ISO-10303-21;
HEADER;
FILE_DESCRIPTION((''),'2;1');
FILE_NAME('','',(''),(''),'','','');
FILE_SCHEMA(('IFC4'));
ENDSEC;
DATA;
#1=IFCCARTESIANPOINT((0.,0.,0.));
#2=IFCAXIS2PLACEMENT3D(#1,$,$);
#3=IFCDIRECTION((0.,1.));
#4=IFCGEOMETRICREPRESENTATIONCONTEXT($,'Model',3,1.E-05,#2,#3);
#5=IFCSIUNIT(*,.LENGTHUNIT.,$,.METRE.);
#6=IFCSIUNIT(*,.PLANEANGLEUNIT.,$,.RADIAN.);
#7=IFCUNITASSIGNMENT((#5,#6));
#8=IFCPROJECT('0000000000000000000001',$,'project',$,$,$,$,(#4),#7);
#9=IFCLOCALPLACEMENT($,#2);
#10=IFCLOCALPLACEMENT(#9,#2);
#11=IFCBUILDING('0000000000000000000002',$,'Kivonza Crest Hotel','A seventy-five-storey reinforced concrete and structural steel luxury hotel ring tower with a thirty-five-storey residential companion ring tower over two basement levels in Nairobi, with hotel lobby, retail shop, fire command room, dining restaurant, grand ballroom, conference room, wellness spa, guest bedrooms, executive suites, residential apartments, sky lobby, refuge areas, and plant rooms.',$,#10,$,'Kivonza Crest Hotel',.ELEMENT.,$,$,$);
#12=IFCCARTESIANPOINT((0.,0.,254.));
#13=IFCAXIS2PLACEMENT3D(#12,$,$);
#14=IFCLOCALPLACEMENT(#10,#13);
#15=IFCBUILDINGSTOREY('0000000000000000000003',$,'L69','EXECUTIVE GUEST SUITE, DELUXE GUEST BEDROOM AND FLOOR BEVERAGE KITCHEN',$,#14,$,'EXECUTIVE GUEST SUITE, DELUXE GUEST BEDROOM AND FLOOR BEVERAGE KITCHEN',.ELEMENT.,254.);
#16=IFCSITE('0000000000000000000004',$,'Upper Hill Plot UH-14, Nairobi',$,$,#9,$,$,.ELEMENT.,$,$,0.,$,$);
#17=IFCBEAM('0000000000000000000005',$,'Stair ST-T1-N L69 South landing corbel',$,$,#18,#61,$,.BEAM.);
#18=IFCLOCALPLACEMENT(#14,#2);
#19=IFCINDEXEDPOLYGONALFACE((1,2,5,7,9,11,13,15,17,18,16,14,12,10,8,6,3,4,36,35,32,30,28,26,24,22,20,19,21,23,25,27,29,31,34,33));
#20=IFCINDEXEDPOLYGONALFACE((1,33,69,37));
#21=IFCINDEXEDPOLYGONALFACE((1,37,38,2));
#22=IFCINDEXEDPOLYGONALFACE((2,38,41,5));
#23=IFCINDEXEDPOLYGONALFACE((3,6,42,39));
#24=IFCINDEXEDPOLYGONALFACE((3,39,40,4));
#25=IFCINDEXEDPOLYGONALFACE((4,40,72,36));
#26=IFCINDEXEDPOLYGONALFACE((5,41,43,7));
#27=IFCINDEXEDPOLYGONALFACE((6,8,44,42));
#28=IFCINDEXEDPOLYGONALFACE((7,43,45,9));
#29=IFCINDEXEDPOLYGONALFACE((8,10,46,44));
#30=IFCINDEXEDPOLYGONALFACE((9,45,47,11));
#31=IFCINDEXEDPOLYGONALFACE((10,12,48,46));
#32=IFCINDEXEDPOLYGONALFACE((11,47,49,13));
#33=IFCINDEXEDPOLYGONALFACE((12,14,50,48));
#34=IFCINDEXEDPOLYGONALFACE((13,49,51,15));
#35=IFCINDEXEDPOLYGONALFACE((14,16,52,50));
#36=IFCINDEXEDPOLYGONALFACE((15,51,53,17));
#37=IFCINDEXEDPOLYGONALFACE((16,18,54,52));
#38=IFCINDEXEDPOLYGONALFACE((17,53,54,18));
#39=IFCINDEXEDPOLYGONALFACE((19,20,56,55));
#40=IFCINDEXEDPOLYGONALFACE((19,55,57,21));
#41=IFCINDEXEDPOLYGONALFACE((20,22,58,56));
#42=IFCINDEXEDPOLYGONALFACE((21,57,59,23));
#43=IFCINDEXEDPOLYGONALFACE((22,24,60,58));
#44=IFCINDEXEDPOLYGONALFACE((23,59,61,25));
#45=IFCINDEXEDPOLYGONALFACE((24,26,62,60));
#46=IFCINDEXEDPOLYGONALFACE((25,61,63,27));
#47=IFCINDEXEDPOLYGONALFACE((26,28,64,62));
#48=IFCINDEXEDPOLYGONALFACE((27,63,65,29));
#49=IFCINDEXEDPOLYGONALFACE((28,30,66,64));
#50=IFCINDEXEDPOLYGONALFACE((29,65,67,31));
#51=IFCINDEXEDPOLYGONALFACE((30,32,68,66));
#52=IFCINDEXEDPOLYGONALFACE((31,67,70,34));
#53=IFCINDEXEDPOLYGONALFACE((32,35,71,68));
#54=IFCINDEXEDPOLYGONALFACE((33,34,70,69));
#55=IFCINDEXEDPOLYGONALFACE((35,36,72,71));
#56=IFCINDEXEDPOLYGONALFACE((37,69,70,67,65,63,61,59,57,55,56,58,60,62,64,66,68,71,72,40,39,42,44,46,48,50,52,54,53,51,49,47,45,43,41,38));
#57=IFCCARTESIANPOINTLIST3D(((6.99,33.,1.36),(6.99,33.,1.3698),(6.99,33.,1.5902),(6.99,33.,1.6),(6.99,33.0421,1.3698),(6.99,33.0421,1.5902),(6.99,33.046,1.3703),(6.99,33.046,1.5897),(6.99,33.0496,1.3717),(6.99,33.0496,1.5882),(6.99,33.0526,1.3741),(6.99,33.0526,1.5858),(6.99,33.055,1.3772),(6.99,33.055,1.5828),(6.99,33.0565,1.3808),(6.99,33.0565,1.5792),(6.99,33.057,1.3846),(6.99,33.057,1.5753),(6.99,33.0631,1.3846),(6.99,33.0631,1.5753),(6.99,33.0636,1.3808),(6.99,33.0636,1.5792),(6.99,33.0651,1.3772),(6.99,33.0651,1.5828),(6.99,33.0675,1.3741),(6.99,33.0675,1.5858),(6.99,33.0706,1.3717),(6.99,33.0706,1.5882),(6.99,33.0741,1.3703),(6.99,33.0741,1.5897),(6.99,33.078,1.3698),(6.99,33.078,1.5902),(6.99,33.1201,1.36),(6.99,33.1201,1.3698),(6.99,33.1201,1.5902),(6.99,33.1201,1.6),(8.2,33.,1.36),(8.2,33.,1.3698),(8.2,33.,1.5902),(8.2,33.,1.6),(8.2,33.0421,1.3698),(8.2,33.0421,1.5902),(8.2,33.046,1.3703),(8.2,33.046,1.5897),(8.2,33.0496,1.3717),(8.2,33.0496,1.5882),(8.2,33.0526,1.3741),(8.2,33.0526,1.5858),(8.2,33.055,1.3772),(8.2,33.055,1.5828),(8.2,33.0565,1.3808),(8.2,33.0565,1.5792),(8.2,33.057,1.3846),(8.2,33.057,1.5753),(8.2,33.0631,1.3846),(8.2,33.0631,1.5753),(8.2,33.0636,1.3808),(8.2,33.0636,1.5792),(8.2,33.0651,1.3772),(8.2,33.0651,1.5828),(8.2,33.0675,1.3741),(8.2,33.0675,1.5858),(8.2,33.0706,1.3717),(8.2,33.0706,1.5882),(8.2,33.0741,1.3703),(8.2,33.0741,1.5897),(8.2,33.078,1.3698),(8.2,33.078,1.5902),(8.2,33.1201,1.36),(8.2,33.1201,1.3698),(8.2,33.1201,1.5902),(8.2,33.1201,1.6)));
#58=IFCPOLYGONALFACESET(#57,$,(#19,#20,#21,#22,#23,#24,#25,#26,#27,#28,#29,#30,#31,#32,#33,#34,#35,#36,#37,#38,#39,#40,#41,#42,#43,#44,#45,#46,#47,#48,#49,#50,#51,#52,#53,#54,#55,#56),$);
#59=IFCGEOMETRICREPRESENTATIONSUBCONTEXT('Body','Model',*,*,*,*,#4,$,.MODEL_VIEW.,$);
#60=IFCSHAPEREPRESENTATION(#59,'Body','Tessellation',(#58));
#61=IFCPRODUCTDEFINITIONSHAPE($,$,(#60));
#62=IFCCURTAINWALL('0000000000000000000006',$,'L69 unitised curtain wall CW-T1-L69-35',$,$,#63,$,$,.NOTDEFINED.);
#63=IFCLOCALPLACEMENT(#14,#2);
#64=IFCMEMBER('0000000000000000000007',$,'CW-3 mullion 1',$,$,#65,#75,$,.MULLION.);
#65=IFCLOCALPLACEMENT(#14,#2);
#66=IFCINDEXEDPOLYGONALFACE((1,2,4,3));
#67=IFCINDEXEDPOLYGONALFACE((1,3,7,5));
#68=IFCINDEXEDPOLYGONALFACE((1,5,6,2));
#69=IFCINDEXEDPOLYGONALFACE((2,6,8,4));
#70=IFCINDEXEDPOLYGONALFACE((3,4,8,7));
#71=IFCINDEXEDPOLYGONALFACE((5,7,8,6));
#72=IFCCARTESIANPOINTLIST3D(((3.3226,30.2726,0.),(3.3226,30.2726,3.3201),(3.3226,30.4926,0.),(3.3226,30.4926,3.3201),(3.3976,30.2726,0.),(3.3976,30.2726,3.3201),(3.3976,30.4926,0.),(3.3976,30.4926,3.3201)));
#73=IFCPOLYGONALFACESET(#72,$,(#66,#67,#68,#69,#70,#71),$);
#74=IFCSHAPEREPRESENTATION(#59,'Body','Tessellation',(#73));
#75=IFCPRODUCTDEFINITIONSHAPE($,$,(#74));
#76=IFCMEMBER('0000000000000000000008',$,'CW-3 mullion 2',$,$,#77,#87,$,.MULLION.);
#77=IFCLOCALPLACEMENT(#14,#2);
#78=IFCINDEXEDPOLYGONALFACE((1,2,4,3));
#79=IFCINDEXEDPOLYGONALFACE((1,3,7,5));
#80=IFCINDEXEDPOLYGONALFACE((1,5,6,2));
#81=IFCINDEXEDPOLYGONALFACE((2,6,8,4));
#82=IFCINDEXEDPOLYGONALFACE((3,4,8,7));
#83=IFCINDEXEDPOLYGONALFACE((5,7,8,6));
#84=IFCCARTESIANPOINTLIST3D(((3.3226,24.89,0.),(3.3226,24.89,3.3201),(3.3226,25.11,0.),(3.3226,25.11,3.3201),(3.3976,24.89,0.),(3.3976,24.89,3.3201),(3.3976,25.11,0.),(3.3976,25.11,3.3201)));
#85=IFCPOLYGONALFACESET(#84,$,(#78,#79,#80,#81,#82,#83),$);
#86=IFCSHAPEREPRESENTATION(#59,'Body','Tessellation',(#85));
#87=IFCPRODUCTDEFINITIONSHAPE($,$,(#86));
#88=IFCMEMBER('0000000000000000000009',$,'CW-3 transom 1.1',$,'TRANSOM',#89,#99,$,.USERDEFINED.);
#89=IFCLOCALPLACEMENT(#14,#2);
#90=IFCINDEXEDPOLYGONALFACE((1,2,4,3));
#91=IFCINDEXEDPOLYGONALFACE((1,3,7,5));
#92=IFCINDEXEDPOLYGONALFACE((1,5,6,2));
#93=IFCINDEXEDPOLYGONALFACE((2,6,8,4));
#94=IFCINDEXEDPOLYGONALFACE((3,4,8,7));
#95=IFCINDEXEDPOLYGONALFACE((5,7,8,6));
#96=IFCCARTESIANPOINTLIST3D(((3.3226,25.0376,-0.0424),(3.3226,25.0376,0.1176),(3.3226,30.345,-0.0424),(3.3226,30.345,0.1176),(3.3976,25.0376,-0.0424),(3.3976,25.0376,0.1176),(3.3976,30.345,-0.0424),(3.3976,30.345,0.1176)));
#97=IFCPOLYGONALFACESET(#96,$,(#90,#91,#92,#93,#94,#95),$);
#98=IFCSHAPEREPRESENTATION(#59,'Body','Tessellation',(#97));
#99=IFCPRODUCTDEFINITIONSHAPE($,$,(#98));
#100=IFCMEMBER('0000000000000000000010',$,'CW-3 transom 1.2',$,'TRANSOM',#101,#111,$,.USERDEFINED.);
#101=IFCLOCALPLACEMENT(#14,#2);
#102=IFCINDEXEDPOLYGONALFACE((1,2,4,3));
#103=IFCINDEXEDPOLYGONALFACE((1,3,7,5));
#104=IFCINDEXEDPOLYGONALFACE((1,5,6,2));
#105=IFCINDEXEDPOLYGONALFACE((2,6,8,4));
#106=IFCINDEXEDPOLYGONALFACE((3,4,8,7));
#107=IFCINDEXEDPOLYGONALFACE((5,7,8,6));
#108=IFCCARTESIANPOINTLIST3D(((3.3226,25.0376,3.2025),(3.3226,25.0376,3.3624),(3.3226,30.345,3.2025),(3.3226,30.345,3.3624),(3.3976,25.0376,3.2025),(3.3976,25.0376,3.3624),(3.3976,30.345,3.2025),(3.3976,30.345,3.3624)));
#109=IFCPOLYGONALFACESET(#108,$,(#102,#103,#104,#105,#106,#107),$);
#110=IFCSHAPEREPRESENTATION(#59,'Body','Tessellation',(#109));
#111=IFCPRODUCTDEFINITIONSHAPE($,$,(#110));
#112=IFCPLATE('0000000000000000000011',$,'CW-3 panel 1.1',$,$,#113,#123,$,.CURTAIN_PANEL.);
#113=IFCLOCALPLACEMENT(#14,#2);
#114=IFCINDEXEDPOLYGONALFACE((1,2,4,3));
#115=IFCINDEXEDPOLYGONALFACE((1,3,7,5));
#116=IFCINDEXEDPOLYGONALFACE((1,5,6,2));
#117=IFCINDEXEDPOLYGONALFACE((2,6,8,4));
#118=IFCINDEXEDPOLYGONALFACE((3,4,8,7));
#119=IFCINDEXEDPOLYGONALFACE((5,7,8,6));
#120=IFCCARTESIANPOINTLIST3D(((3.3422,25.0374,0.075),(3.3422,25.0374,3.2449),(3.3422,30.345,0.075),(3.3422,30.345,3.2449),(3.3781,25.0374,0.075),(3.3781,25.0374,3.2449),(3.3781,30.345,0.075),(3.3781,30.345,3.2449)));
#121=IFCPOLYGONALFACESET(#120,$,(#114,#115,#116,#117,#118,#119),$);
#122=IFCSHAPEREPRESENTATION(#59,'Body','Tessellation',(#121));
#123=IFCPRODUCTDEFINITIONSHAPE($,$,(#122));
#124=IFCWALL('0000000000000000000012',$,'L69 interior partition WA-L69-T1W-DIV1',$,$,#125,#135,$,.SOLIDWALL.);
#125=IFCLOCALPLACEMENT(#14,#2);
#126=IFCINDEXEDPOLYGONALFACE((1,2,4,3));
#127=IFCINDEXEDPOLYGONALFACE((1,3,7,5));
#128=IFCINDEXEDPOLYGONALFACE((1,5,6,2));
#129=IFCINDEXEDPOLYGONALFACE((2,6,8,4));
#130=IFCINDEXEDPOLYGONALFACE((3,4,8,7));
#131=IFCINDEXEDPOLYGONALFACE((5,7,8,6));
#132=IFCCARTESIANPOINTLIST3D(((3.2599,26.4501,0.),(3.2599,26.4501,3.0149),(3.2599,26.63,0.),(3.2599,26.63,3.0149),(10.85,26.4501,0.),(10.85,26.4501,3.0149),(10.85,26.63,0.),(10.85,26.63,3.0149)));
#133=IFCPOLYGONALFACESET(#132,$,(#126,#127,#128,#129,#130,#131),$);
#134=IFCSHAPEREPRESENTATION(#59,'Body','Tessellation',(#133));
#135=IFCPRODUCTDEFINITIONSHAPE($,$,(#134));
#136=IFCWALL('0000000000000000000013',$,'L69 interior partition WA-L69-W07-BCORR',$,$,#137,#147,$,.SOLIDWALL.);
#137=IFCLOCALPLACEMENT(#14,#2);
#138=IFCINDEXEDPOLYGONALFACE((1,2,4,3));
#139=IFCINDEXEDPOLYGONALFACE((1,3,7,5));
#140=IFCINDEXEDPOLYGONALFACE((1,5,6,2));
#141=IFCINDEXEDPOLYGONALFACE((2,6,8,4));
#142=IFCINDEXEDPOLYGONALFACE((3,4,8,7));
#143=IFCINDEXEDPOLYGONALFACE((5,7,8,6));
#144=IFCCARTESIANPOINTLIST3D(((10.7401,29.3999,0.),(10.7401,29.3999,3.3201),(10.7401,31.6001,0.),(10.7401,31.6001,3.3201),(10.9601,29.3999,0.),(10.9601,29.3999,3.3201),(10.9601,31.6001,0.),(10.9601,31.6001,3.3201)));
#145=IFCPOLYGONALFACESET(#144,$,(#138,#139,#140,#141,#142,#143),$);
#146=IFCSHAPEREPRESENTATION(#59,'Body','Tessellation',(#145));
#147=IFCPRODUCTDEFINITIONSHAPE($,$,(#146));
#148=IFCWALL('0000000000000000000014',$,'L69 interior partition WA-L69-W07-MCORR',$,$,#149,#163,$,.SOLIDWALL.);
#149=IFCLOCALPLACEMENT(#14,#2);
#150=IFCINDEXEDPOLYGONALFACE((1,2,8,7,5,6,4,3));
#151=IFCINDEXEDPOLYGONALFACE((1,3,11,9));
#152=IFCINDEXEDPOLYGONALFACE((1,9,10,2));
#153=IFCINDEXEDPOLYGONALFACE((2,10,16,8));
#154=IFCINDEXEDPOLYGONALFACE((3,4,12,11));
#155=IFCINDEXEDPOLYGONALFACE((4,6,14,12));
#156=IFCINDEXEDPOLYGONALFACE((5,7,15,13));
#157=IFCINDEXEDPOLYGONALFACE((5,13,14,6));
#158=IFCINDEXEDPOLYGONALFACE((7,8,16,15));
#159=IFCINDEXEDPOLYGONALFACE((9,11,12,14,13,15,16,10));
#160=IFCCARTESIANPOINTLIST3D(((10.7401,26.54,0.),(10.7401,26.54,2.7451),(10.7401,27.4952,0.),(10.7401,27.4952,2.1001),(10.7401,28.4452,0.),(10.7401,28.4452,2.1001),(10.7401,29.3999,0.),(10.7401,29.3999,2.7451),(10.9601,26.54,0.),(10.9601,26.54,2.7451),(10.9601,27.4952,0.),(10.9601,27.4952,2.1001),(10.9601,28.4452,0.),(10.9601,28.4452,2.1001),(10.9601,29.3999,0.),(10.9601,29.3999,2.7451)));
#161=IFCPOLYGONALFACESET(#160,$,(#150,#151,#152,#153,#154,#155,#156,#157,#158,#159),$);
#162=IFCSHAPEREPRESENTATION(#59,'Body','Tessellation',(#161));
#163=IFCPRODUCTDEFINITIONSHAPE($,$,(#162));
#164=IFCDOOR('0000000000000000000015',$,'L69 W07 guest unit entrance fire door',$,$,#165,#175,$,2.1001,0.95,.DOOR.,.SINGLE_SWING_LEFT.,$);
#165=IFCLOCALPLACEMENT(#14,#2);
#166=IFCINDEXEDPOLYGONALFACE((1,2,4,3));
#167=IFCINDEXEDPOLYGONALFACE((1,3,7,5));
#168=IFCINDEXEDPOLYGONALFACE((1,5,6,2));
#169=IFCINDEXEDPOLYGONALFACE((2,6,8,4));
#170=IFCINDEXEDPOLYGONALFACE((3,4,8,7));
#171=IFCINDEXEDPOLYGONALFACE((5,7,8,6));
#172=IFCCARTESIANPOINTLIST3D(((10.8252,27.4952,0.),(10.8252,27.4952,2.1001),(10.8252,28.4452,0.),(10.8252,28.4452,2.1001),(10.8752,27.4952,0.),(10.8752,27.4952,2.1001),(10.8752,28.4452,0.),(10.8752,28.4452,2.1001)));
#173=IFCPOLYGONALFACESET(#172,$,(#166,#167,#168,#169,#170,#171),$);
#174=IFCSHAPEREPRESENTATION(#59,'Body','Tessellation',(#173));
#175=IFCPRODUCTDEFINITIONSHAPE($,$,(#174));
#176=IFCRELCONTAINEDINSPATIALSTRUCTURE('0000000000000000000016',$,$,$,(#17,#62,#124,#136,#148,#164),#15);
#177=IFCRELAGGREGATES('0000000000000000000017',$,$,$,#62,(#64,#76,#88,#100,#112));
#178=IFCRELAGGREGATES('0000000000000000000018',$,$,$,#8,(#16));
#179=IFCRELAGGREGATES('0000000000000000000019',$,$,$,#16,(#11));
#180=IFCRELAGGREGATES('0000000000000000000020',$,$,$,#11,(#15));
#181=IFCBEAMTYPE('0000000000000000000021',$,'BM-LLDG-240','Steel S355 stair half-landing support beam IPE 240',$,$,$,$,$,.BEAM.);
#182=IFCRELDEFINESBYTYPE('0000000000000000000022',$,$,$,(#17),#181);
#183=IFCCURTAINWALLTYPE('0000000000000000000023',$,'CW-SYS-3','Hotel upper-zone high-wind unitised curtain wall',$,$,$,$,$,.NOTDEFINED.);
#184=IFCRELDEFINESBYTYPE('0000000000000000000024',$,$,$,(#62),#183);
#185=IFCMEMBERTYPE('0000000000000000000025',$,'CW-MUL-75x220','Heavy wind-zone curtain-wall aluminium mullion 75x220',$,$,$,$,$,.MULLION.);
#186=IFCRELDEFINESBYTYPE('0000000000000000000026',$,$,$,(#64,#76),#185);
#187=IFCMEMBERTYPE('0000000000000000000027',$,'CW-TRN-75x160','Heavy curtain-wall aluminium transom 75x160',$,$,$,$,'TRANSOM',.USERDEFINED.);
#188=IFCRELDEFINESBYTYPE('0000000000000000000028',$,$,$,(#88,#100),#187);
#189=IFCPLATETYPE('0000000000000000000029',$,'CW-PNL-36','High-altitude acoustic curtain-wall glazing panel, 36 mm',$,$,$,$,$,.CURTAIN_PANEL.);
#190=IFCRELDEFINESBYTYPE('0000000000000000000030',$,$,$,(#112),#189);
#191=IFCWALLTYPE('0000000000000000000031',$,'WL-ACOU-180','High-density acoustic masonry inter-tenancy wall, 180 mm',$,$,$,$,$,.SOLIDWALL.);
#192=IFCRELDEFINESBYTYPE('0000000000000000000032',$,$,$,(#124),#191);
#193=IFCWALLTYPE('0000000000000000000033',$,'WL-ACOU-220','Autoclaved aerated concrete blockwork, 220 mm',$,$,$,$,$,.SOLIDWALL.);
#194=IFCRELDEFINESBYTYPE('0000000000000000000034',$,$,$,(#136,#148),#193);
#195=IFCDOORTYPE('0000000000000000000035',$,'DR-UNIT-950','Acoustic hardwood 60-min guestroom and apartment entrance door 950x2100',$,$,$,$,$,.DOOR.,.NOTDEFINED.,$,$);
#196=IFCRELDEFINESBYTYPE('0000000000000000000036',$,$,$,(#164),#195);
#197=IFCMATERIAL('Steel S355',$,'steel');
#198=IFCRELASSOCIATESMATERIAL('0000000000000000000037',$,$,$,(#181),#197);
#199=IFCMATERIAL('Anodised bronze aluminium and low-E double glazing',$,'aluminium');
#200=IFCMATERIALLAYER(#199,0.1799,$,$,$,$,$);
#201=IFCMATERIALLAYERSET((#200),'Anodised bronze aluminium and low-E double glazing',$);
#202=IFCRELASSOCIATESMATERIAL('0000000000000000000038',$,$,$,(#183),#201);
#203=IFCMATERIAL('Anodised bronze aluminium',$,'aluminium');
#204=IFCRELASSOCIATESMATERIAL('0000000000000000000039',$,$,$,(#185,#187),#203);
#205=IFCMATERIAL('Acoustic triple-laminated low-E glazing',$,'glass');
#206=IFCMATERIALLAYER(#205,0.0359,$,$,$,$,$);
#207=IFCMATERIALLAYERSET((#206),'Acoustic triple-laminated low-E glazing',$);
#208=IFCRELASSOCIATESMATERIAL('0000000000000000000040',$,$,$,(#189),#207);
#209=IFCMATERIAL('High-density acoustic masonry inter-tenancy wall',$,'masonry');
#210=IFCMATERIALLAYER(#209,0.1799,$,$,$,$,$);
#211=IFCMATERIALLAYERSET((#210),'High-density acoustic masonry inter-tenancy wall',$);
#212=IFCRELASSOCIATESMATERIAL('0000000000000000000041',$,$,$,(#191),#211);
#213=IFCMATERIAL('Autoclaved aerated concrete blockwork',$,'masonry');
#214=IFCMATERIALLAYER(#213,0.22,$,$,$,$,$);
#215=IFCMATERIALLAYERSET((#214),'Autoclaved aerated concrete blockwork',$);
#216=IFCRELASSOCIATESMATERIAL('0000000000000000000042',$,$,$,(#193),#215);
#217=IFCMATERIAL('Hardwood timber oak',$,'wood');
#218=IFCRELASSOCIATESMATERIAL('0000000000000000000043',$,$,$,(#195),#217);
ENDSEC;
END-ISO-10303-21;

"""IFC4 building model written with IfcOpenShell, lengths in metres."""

from ifc_helpers import new_model, si_unit, direction, frame, frame_2d, origin, origin_2d, place, context, subcontext, project, spatial, rectangle, i_section, extrude, material, layer, layer_set, material_profile, profile_set, type_object, element, fill, aggregate, save


model = new_model("IFC4")

# Units and contexts
model_context = context("Model", 3, precision=1e-05, world=origin(), true_north=direction((0.0, 1.0)))
body_context = subcontext(model_context, "Body", "Model", "MODEL_VIEW")
ifc_project = project(units=[si_unit("LENGTHUNIT", "METRE"), si_unit("PLANEANGLEUNIT", "RADIAN")], contexts=[model_context])

# Site, building, storey
site_placement = place(None, origin())
site = spatial("IfcSite", under=ifc_project, at=site_placement, Name="Upper Hill Plot UH-14, Nairobi", CompositionType="ELEMENT", RefElevation=0.0)
building_placement = place(site_placement, origin())
building = spatial("IfcBuilding", under=site, at=building_placement, Name="Kivonza Crest Hotel", Description="A seventy-five-storey reinforced concrete and structural steel luxury hotel ring tower with a thirty-five-storey residential companion ring tower over two basement levels in Nairobi, with hotel lobby, retail shop, fire command room, dining restaurant, grand ballroom, conference room, wellness spa, guest bedrooms, executive suites, residential apartments, sky lobby, refuge areas, and plant rooms.", LongName="Kivonza Crest Hotel", CompositionType="ELEMENT")
storey_placement = place(building_placement, frame((0.0, 0.0, 254.0)))
storey = spatial("IfcBuildingStorey", under=building, at=storey_placement, Name="L69", Description="EXECUTIVE GUEST SUITE, DELUXE GUEST BEDROOM AND FLOOR BEVERAGE KITCHEN", LongName="EXECUTIVE GUEST SUITE, DELUXE GUEST BEDROOM AND FLOOR BEVERAGE KITCHEN", CompositionType="ELEMENT", Elevation=254.0)

# Beam
ifc_material_1 = material(Name="Steel S355", Category="steel")
ifc_material_profile_1 = material_profile(ifc_material_1, i_section(OverallWidth=0.1201, OverallDepth=0.24, WebThickness=0.0061, FlangeThickness=0.0098, FilletRadius=0.0149, at=origin_2d()), Name="IPE 240")
ifc_profile_set_1 = profile_set([ifc_material_profile_1], Name="Steel S355")
beam_type_1 = type_object("IfcBeamType", Name="BM-LLDG-240", Description="Steel S355 stair half-landing support beam IPE 240", PredefinedType="BEAM", material=ifc_profile_set_1)
beam_1_placement = place(storey_placement, frame((6.99, 33.0601, 1.48), z_axis=(1.0, 0.0, 0.0), x_axis=(0.0, 1.0, 0.0)))
element("IfcBeam", 1, at=beam_1_placement, inside=storey, type_object=beam_type_1, Name="Stair ST-T1-N L69 South landing corbel", PredefinedType="BEAM", context=body_context, shape_type="SweptSolid", body=[
    extrude(i_section(OverallWidth=0.1201, OverallDepth=0.24, WebThickness=0.0061, FlangeThickness=0.0098, FilletRadius=0.0149, at=origin_2d()), origin(), (0.0, 0.0, 1.0), 1.21),
])

# Curtain wall, members, plate
ifc_material_2 = material(Name="Anodised bronze aluminium and low-E double glazing", Category="aluminium")
ifc_layer_1 = layer(ifc_material_2, 0.1799)
ifc_layer_set_1 = layer_set([ifc_layer_1], Name="Anodised bronze aluminium and low-E double glazing")
curtain_wall_type = type_object("IfcCurtainWallType", Name="CW-SYS-3", Description="Hotel upper-zone high-wind unitised curtain wall", PredefinedType="NOTDEFINED", material=ifc_layer_set_1)
curtain_wall_placement = place(storey_placement, origin())
curtain_wall = element("IfcCurtainWall", 2, at=curtain_wall_placement, inside=storey, type_object=curtain_wall_type, Name="L69 unitised curtain wall CW-T1-L69-35", PredefinedType="NOTDEFINED")
ifc_material_3 = material(Name="Anodised bronze aluminium", Category="aluminium")
ifc_material_profile_2 = material_profile(ifc_material_3, rectangle(XDim=0.075, YDim=0.22, at=origin_2d()), Name="CW-M 75x220")
ifc_profile_set_2 = profile_set([ifc_material_profile_2], Name="Anodised bronze aluminium")
member_type_1 = type_object("IfcMemberType", Name="CW-MUL-75x220", Description="Heavy wind-zone curtain-wall aluminium mullion 75x220", PredefinedType="MULLION", material=ifc_profile_set_2)
member_1_placement = place(storey_placement, frame((3.3601, 30.3826, 0.0), z_axis=(0.0, 0.0, 1.0), x_axis=(1.0, 0.0, 0.0)))
member_1 = element("IfcMember", 3, at=member_1_placement, type_object=member_type_1, Name="CW-3 mullion 1", PredefinedType="MULLION", context=body_context, shape_type="SweptSolid", body=[
    extrude(rectangle(XDim=0.075, YDim=0.22, at=origin_2d()), origin(), (0.0, 0.0, 1.0), 3.3201),
])
member_2_placement = place(storey_placement, frame((3.3601, 25.0, 0.0), z_axis=(0.0, 0.0, 1.0), x_axis=(1.0, 0.0, 0.0)))
member_2 = element("IfcMember", 4, at=member_2_placement, type_object=member_type_1, Name="CW-3 mullion 2", PredefinedType="MULLION", context=body_context, shape_type="SweptSolid", body=[
    extrude(rectangle(XDim=0.075, YDim=0.22, at=origin_2d()), origin(), (0.0, 0.0, 1.0), 3.3201),
])
ifc_material_profile_3 = material_profile(ifc_material_3, rectangle(XDim=0.075, YDim=0.1599, at=origin_2d()), Name="CW-T 75x160")
ifc_profile_set_3 = profile_set([ifc_material_profile_3], Name="Anodised bronze aluminium")
member_type_2 = type_object("IfcMemberType", Name="CW-TRN-75x160", Description="Heavy curtain-wall aluminium transom 75x160", ElementType="TRANSOM", PredefinedType="USERDEFINED", material=ifc_profile_set_3)
member_3_placement = place(storey_placement, frame((3.3601, 30.345, 0.0376), z_axis=(0.0, -1.0, 0.0), x_axis=(1.0, 0.0, 0.0)))
member_3 = element("IfcMember", 5, at=member_3_placement, type_object=member_type_2, Name="CW-3 transom 1.1", ObjectType="TRANSOM", PredefinedType="USERDEFINED", context=body_context, shape_type="SweptSolid", body=[
    extrude(rectangle(XDim=0.075, YDim=0.1599, at=origin_2d()), origin(), (0.0, 0.0, 1.0), 5.3074),
])
member_4_placement = place(storey_placement, frame((3.3601, 30.345, 3.2825), z_axis=(0.0, -1.0, 0.0), x_axis=(1.0, 0.0, 0.0)))
member_4 = element("IfcMember", 6, at=member_4_placement, type_object=member_type_2, Name="CW-3 transom 1.2", ObjectType="TRANSOM", PredefinedType="USERDEFINED", context=body_context, shape_type="SweptSolid", body=[
    extrude(rectangle(XDim=0.075, YDim=0.1599, at=origin_2d()), origin(), (0.0, 0.0, 1.0), 5.3074),
])
ifc_material_4 = material(Name="Acoustic triple-laminated low-E glazing", Category="glass")
ifc_layer_2 = layer(ifc_material_4, 0.0359)
ifc_layer_set_2 = layer_set([ifc_layer_2], Name="Acoustic triple-laminated low-E glazing")
plate_type = type_object("IfcPlateType", Name="CW-PNL-36", Description="High-altitude acoustic curtain-wall glazing panel, 36 mm", PredefinedType="CURTAIN_PANEL", material=ifc_layer_set_2)
plate_placement = place(storey_placement, frame((3.3601, 27.6912, 0.075), z_axis=(0.0, 0.0, 1.0), x_axis=(0.0, -1.0, 0.0)))
plate = element("IfcPlate", 7, at=plate_placement, type_object=plate_type, Name="CW-3 panel 1.1", PredefinedType="CURTAIN_PANEL", context=body_context, shape_type="SweptSolid", body=[
    extrude(rectangle(XDim=5.3076, YDim=0.0359, at=origin_2d()), origin(), (0.0, 0.0, 1.0), 3.1699),
])
aggregate(curtain_wall, [member_1, member_2, member_3, member_4, plate])

# Walls
ifc_material_5 = material(Name="High-density acoustic masonry inter-tenancy wall", Category="masonry")
ifc_layer_3 = layer(ifc_material_5, 0.1799)
ifc_layer_set_3 = layer_set([ifc_layer_3], Name="High-density acoustic masonry inter-tenancy wall")
wall_type_1 = type_object("IfcWallType", Name="WL-ACOU-180", Description="High-density acoustic masonry inter-tenancy wall, 180 mm", PredefinedType="SOLIDWALL", material=ifc_layer_set_3)
wall_1_placement = place(storey_placement, frame((3.26, 26.54, 0.0), z_axis=(0.0, 0.0, 1.0), x_axis=(1.0, 0.0, 0.0)))
element("IfcWall", 8, at=wall_1_placement, inside=storey, type_object=wall_type_1, Name="L69 interior partition WA-L69-T1W-DIV1", PredefinedType="SOLIDWALL", context=body_context, shape_type="SweptSolid", body=[
    extrude(rectangle(XDim=7.5901, YDim=0.1799, at=frame_2d((3.7949, 0.0))), origin(), (0.0, 0.0, 1.0), 3.0149),
])
ifc_material_6 = material(Name="Autoclaved aerated concrete blockwork", Category="masonry")
ifc_layer_4 = layer(ifc_material_6, 0.22)
ifc_layer_set_4 = layer_set([ifc_layer_4], Name="Autoclaved aerated concrete blockwork")
wall_type_2 = type_object("IfcWallType", Name="WL-ACOU-220", Description="Autoclaved aerated concrete blockwork, 220 mm", PredefinedType="SOLIDWALL", material=ifc_layer_set_4)
wall_2_placement = place(storey_placement, frame((10.8501, 29.3999, 0.0), z_axis=(0.0, 0.0, 1.0), x_axis=(0.0, 1.0, 0.0)))
element("IfcWall", 9, at=wall_2_placement, inside=storey, type_object=wall_type_2, Name="L69 interior partition WA-L69-W07-BCORR", PredefinedType="SOLIDWALL", context=body_context, shape_type="SweptSolid", body=[
    extrude(rectangle(XDim=2.2002, YDim=0.22, at=frame_2d((1.1001, 0.0))), origin(), (0.0, 0.0, 1.0), 3.3201),
])

# Wall, opening, door
wall_3_placement = place(storey_placement, frame((10.8501, 26.54, 0.0), z_axis=(0.0, 0.0, 1.0), x_axis=(0.0, 1.0, 0.0)))
wall_3 = element("IfcWall", 10, at=wall_3_placement, inside=storey, type_object=wall_type_2, Name="L69 interior partition WA-L69-W07-MCORR", PredefinedType="SOLIDWALL", context=body_context, shape_type="SweptSolid", body=[
    extrude(rectangle(XDim=2.8599, YDim=0.22, at=frame_2d((1.4299, 0.0))), origin(), (0.0, 0.0, 1.0), 2.7451),
])
opening_1_placement = place(wall_3_placement, frame((0.9551, 0.0, 0.0)))
opening_1 = element("IfcOpeningElement", 11, at=opening_1_placement, cuts=wall_3, PredefinedType="OPENING", context=body_context, shape_type="SweptSolid", body=[
    extrude(rectangle(XDim=0.95, YDim=2.1001, at=frame_2d((0.4751, 1.05))), frame((0.0, 0.1201, 0.0), z_axis=(0.0, -1.0, 0.0), x_axis=(1.0, 0.0, 0.0)), (0.0, 0.0, 1.0), 0.24),
])
ifc_material_7 = material(Name="Hardwood timber oak", Category="wood")
door_type_1 = type_object("IfcDoorType", Name="DR-UNIT-950", Description="Acoustic hardwood 60-min guestroom and apartment entrance door 950x2100", OperationType="NOTDEFINED", PredefinedType="DOOR", material=ifc_material_7)
door_1_placement = place(opening_1_placement, origin())
door_1 = element("IfcDoor", 12, at=door_1_placement, inside=storey, type_object=door_type_1, Name="L69 W07 guest unit entrance fire door", OperationType="SINGLE_SWING_LEFT", OverallHeight=2.1001, OverallWidth=0.95, PredefinedType="DOOR", context=body_context, shape_type="SweptSolid", body=[
    extrude(rectangle(XDim=0.95, YDim=2.1001, at=frame_2d((0.4751, 1.05))), frame((0.0, 0.0249, 0.0), z_axis=(0.0, -1.0, 0.0), x_axis=(1.0, 0.0, 0.0)), (0.0, 0.0, 1.0), 0.05),
])
fill(opening_1, door_1)

save(model, "model.ifc")
